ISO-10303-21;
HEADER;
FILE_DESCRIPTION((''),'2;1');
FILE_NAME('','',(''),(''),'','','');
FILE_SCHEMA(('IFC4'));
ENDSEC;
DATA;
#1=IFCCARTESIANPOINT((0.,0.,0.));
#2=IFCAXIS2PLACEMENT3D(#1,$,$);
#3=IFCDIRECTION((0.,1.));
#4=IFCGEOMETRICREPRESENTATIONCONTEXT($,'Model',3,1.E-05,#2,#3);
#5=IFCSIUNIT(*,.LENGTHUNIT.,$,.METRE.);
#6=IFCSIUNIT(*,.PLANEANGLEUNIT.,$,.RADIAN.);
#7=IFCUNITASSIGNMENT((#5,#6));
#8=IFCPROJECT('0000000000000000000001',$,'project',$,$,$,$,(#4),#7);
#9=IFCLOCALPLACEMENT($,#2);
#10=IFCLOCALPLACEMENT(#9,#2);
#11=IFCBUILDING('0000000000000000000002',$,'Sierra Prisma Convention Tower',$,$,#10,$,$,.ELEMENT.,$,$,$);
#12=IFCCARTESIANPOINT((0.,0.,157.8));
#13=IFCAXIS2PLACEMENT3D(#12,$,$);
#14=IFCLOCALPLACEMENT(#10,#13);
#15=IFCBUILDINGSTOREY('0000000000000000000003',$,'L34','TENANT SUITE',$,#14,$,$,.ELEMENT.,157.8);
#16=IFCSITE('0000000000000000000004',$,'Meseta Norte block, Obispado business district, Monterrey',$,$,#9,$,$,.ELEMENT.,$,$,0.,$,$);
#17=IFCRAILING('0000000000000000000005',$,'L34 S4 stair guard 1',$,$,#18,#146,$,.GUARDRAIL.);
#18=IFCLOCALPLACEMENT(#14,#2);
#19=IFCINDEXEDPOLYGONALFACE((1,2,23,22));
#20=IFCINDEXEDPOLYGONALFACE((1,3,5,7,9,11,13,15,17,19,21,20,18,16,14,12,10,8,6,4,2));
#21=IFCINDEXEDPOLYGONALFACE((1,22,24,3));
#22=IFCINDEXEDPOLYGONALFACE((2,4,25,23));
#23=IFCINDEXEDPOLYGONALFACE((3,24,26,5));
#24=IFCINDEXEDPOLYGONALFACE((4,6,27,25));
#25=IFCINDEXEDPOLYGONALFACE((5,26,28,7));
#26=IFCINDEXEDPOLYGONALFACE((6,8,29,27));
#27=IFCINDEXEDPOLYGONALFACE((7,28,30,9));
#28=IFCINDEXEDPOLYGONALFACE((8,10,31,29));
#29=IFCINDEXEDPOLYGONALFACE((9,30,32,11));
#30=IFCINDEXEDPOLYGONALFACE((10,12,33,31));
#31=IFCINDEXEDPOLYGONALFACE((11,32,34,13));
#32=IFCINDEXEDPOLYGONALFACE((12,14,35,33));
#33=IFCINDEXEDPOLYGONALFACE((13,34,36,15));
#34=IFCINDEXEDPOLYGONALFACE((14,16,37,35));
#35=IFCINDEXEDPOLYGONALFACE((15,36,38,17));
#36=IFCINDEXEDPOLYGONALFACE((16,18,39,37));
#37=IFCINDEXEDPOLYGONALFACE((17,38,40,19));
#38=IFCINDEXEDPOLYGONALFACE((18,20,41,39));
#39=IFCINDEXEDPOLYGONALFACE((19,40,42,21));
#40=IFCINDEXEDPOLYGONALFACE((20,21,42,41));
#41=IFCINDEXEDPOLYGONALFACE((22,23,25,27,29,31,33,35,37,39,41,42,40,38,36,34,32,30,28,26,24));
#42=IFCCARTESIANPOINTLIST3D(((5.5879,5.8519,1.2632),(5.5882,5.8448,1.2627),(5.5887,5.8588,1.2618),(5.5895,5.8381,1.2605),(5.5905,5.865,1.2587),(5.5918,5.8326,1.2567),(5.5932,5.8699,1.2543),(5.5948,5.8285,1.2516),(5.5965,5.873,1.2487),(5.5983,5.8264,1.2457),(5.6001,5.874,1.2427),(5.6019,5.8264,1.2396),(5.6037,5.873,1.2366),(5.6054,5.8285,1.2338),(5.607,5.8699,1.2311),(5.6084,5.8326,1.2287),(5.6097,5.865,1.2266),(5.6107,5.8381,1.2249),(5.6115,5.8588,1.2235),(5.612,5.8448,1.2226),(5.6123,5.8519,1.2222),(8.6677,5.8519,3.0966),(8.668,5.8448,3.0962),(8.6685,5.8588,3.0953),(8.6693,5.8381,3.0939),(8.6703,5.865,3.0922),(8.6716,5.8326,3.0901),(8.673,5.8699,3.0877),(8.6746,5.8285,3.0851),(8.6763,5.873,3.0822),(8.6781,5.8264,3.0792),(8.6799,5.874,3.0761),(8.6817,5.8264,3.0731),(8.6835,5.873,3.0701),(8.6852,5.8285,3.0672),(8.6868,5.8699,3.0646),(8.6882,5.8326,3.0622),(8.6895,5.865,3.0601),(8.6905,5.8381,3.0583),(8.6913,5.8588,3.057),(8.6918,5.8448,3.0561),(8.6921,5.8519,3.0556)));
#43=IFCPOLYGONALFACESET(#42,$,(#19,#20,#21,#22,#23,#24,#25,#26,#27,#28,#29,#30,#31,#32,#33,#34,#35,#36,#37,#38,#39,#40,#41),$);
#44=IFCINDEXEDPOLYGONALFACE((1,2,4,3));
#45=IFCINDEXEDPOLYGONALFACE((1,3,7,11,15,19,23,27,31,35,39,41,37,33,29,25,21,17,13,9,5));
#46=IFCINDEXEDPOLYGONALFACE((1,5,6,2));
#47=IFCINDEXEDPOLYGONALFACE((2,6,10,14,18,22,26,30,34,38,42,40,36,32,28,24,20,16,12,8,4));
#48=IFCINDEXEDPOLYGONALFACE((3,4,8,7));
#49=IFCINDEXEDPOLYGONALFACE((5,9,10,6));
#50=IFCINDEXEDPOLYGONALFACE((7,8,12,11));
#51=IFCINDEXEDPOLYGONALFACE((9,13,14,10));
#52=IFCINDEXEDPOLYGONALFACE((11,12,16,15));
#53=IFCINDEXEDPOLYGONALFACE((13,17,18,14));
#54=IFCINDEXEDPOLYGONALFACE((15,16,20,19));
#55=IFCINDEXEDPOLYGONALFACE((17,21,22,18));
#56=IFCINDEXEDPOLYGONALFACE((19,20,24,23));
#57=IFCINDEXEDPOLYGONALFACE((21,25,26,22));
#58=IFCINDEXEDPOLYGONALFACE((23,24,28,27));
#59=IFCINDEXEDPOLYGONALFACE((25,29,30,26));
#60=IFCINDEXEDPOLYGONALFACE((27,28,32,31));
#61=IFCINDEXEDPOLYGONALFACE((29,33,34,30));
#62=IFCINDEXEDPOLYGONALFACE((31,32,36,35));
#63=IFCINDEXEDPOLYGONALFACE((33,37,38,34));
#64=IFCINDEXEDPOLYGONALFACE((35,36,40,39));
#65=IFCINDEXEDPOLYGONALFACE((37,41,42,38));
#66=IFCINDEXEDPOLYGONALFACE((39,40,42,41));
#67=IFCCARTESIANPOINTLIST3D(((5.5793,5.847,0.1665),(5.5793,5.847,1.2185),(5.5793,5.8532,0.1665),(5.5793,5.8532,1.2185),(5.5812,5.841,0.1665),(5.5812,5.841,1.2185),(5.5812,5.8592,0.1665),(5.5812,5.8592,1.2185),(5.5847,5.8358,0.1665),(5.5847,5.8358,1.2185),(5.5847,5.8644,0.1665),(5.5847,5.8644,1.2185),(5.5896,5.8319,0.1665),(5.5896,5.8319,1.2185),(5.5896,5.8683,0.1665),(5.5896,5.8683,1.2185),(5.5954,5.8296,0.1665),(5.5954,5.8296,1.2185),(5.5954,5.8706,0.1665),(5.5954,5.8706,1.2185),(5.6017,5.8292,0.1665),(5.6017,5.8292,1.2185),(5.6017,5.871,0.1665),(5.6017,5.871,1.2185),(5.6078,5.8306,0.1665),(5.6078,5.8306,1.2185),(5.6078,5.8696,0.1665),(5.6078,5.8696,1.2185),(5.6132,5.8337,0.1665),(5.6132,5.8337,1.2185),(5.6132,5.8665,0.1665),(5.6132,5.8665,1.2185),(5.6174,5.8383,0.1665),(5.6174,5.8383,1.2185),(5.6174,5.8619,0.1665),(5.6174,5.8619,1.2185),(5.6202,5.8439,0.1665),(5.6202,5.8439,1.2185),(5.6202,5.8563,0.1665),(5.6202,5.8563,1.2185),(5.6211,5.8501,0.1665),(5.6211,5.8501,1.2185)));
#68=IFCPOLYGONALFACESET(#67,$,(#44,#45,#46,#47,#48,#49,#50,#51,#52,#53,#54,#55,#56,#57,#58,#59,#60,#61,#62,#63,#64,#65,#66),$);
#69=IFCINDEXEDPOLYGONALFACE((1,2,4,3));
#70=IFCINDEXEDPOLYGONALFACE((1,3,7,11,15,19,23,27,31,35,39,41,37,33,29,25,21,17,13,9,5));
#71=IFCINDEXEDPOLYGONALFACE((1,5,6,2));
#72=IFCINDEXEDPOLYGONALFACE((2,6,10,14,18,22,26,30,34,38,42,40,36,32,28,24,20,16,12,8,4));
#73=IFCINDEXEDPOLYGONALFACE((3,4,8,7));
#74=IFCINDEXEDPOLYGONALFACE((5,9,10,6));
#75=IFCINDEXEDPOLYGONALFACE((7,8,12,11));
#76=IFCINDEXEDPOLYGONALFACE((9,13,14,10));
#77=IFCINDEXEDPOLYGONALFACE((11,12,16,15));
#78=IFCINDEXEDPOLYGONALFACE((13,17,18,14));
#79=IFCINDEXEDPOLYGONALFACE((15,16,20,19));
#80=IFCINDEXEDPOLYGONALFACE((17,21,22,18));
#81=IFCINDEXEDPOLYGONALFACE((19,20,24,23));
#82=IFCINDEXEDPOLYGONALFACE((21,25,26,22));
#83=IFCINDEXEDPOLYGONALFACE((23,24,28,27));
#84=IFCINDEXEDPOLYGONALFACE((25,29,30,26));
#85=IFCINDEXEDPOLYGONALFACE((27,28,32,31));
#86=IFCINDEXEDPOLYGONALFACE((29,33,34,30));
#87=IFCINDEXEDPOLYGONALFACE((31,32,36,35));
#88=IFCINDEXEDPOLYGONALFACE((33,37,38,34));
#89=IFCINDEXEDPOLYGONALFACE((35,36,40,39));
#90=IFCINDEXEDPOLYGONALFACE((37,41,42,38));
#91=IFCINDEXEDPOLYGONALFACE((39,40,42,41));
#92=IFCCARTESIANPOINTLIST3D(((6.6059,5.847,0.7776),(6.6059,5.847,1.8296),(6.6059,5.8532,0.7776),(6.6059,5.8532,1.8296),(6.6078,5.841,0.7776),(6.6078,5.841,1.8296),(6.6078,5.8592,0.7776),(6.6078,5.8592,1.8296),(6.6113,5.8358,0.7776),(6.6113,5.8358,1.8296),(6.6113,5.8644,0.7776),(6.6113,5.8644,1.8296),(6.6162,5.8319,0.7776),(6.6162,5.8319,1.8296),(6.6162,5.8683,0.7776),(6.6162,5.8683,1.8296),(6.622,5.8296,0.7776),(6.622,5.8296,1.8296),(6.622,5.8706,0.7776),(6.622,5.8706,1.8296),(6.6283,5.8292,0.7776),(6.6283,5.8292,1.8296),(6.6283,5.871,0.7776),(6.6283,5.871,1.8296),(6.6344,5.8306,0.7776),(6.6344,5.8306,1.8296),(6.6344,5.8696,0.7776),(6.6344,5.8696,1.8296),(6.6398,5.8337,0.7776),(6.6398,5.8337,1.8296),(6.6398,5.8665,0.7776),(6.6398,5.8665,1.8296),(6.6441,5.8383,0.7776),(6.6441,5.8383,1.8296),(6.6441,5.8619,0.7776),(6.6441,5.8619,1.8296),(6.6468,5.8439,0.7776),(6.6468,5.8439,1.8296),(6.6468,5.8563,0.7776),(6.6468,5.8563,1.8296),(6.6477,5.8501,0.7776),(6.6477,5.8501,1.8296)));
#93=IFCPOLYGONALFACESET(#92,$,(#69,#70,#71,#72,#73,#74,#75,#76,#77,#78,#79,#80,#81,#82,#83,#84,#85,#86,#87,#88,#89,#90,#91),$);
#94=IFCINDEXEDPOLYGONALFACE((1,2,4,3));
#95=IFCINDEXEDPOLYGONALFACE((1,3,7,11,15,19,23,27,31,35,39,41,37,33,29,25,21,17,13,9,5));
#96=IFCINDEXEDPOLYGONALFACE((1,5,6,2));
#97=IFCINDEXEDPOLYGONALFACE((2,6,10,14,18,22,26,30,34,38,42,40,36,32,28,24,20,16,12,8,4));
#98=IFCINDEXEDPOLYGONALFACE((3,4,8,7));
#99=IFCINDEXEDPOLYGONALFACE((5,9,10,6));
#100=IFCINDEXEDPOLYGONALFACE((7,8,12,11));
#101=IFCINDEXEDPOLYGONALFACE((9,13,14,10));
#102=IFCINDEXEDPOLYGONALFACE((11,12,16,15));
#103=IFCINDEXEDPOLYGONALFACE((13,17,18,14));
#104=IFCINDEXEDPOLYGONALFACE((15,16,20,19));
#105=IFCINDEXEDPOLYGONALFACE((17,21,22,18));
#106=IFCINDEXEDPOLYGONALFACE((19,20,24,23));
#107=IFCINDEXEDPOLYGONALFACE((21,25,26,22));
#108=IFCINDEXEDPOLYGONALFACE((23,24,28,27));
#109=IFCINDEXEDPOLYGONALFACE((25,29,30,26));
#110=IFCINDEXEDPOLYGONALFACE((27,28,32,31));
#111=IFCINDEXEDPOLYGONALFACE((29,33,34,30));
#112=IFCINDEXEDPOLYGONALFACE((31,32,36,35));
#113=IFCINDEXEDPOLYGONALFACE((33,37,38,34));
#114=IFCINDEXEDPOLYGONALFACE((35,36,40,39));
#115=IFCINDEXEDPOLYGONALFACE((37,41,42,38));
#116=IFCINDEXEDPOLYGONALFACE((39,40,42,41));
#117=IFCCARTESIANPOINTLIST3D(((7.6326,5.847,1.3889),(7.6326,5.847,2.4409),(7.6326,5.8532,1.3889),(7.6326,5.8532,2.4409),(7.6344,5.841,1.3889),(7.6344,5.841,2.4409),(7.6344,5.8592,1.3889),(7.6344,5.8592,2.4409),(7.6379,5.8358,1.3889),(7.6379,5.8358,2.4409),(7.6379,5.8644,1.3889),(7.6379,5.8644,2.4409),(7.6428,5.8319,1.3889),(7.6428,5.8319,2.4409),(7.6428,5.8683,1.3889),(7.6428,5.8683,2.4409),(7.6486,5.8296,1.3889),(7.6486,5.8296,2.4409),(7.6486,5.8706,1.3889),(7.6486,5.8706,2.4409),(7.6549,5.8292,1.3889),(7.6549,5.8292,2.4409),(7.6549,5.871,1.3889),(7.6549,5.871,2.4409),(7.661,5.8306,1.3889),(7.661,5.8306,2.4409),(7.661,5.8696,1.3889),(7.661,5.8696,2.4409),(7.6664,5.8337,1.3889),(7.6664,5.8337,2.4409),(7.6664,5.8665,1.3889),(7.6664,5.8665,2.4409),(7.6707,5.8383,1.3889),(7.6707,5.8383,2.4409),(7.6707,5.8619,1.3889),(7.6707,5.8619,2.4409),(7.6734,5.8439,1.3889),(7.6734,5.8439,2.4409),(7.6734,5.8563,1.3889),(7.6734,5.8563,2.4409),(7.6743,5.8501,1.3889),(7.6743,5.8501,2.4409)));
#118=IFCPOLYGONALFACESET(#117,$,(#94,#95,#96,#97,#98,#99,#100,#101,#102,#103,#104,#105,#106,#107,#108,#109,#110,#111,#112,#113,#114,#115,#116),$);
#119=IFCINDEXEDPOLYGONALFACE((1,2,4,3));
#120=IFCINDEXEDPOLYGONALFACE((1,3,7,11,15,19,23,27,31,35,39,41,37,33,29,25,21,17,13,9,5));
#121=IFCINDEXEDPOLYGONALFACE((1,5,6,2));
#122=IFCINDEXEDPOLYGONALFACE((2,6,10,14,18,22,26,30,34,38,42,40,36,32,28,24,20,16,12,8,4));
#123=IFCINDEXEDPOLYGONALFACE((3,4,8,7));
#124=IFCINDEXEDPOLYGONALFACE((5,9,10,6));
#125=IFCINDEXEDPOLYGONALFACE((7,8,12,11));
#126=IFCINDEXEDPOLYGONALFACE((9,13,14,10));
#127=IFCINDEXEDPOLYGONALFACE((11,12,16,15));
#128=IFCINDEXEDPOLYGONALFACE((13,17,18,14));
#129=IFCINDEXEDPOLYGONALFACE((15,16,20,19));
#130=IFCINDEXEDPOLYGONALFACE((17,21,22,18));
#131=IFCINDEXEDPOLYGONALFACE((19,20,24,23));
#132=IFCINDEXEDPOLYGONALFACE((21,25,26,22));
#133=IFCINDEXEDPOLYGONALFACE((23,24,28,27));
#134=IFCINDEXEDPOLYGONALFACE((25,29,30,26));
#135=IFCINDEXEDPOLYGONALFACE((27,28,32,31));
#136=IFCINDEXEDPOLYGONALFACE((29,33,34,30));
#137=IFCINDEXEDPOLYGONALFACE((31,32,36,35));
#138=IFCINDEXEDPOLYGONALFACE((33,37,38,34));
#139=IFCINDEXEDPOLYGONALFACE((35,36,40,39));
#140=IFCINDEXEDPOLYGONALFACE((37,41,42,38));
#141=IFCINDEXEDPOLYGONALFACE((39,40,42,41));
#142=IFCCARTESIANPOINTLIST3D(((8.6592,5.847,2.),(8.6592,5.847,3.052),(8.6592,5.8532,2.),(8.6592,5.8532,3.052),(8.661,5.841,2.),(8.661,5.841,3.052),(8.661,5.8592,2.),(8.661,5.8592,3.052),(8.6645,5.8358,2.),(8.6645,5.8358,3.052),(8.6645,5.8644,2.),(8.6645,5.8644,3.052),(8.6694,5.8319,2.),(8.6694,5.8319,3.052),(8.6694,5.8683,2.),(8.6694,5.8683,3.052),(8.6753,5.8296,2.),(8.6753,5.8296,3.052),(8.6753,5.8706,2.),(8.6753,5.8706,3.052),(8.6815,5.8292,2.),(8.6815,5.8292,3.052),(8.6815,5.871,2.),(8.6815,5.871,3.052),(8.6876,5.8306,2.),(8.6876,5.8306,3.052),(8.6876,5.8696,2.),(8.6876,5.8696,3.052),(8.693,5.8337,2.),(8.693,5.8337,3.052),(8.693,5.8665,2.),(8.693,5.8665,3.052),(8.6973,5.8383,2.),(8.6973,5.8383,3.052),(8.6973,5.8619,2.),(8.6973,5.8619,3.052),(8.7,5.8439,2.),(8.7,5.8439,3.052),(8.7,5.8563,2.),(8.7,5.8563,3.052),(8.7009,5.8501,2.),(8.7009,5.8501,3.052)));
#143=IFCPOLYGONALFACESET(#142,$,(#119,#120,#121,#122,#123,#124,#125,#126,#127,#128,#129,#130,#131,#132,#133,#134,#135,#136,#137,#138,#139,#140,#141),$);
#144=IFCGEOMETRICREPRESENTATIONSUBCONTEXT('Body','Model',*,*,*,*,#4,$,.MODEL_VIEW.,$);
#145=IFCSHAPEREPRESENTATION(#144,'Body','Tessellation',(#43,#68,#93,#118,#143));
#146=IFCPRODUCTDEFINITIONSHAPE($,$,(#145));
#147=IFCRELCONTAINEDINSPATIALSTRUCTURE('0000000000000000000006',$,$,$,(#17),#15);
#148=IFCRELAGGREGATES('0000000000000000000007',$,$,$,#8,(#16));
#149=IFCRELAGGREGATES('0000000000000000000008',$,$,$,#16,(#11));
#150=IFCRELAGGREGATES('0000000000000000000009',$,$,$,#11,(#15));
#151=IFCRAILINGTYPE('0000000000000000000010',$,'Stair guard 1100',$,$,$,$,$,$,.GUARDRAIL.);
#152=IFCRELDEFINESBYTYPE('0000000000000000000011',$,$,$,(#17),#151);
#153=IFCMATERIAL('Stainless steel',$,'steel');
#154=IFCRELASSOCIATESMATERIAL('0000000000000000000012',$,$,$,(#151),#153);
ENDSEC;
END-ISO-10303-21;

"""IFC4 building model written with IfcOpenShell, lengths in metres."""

from ifc_helpers import new_model, si_unit, direction, frame, origin, origin_2d, place, context, subcontext, project, spatial, circle, extrude, material, type_object, element, save


model = new_model("IFC4")

# Units and contexts
model_context = context("Model", 3, precision=1e-05, world=origin(), true_north=direction((0.0, 1.0)))
body_context = subcontext(model_context, "Body", "Model", "MODEL_VIEW")
ifc_project = project(units=[si_unit("LENGTHUNIT", "METRE"), si_unit("PLANEANGLEUNIT", "RADIAN")], contexts=[model_context])

# Site, building, storey
site_placement = place(None, origin())
site = spatial("IfcSite", under=ifc_project, at=site_placement, Name="Meseta Norte block, Obispado business district, Monterrey", CompositionType="ELEMENT", RefElevation=0.0)
building_placement = place(site_placement, origin())
building = spatial("IfcBuilding", under=site, at=building_placement, Name="Sierra Prisma Convention Tower", CompositionType="ELEMENT")
storey_placement = place(building_placement, frame((0.0, 0.0, 157.8)))
storey = spatial("IfcBuildingStorey", under=building, at=storey_placement, Name="L34", Description="TENANT SUITE", CompositionType="ELEMENT", Elevation=157.8)

# Railing
ifc_material_1 = material(Name="Stainless steel", Category="steel")
railing_type_1 = type_object("IfcRailingType", Name="Stair guard 1100", PredefinedType="GUARDRAIL", material=ifc_material_1)
railing_1_placement = place(storey_placement, frame((5.6001, 5.8501, 0.1665)))
element("IfcRailing", 1, at=railing_1_placement, inside=storey, type_object=railing_type_1, Name="L34 S4 stair guard 1", PredefinedType="GUARDRAIL", context=body_context, shape_type="SweptSolid", body=[
    extrude(circle(Radius=0.0239, at=origin_2d()), frame((0.0, 0.0, 1.0762), z_axis=(0.859261, 0.0, 0.511538), x_axis=(0.0, 1.0, 0.0)), (0.0, 0.0, 1.0), 3.5842),
    extrude(circle(Radius=0.021, at=origin_2d()), origin(), (0.0, 0.0, 1.0), 1.052),
    extrude(circle(Radius=0.021, at=origin_2d()), frame((1.0266, 0.0, 0.6111)), (0.0, 0.0, 1.0), 1.052),
    extrude(circle(Radius=0.021, at=origin_2d()), frame((2.0532, 0.0, 1.2224)), (0.0, 0.0, 1.0), 1.052),
    extrude(circle(Radius=0.021, at=origin_2d()), frame((3.0798, 0.0, 1.8335)), (0.0, 0.0, 1.0), 1.052),
])

save(model, "model.ifc")
